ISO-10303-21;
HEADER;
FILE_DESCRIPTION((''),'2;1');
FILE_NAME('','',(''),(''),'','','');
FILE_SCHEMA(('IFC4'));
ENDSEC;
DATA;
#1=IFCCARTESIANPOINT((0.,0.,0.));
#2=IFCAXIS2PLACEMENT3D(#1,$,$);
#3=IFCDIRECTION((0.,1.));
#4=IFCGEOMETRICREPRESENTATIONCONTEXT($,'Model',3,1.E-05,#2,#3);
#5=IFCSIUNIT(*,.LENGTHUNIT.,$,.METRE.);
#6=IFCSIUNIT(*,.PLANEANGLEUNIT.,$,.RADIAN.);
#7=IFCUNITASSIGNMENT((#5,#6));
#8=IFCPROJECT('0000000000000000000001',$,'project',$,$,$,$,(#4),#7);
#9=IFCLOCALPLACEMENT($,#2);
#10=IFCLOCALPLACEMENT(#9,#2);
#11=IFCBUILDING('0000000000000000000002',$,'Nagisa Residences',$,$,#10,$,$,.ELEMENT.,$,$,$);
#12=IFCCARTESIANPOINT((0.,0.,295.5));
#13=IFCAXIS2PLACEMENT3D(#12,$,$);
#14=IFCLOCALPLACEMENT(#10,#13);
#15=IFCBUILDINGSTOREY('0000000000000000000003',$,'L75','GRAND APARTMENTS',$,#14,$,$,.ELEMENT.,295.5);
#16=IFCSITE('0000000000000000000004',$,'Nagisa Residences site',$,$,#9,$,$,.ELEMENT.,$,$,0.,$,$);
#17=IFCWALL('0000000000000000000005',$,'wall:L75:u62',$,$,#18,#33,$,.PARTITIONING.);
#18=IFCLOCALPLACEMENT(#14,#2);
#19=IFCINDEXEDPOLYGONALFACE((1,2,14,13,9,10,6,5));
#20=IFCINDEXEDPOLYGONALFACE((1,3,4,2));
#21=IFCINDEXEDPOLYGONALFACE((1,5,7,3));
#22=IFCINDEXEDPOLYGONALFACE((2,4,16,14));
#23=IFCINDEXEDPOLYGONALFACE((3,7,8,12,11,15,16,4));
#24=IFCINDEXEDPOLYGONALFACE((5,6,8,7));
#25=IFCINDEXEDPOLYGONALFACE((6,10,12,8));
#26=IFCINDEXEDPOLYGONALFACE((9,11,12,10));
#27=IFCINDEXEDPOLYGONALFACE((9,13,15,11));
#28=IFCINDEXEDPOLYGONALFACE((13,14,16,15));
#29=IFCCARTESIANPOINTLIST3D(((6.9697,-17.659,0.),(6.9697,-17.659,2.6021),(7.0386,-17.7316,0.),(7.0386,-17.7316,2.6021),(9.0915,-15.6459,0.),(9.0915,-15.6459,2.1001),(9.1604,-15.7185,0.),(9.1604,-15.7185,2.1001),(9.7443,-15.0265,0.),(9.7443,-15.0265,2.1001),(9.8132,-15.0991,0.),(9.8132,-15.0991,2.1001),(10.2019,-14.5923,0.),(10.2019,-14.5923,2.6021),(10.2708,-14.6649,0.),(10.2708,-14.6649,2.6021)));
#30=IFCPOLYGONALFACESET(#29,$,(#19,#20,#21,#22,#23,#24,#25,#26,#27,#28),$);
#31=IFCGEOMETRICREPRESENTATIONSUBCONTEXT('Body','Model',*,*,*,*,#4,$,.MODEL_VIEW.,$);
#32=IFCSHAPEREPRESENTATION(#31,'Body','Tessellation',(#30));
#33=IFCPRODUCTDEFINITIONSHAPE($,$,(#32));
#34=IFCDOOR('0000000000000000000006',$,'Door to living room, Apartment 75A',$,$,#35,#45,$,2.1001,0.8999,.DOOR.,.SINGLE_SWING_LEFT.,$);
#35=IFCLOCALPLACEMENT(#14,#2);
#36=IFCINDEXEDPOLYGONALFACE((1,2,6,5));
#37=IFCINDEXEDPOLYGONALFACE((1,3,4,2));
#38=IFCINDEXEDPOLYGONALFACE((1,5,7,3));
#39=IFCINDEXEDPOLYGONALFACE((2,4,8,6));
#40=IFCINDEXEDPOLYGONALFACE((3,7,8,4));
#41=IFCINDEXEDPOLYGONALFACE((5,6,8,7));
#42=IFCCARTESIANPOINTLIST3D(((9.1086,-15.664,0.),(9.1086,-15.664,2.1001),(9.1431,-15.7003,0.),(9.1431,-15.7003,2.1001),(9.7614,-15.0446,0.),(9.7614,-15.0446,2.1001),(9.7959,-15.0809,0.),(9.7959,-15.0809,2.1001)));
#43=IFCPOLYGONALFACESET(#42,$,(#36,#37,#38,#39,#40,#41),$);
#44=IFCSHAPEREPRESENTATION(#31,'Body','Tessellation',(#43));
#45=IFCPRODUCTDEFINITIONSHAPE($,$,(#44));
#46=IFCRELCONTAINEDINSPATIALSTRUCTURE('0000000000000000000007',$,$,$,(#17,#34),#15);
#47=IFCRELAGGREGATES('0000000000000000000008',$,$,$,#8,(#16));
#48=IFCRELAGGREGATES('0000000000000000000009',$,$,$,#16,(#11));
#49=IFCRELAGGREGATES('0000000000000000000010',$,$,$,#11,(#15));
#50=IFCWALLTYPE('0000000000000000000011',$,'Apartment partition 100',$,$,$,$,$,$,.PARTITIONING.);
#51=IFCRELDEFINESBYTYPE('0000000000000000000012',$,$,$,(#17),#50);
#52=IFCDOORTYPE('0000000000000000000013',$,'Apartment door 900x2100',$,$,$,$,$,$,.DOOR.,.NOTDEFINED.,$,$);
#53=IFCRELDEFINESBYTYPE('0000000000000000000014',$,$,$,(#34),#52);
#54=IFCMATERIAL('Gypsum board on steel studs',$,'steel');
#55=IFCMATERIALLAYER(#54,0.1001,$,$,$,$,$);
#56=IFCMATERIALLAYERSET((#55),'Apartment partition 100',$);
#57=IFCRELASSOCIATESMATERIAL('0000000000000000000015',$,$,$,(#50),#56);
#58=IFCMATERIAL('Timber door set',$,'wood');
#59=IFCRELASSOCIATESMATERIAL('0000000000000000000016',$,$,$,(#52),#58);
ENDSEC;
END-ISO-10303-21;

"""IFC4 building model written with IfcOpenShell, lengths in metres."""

from ifc_helpers import new_model, si_unit, direction, frame, frame_2d, origin, place, context, subcontext, project, spatial, rectangle, extrude, material, layer, layer_set, type_object, element, fill, save


model = new_model("IFC4")

# Units and contexts
model_context = context("Model", 3, precision=1e-05, world=origin(), true_north=direction((0.0, 1.0)))
body_context = subcontext(model_context, "Body", "Model", "MODEL_VIEW")
ifc_project = project(units=[si_unit("LENGTHUNIT", "METRE"), si_unit("PLANEANGLEUNIT", "RADIAN")], contexts=[model_context])

# Site, building, storey
site_placement = place(None, origin())
site = spatial("IfcSite", under=ifc_project, at=site_placement, Name="Nagisa Residences site", CompositionType="ELEMENT", RefElevation=0.0)
building_placement = place(site_placement, origin())
building = spatial("IfcBuilding", under=site, at=building_placement, Name="Nagisa Residences", CompositionType="ELEMENT")
storey_placement = place(building_placement, frame((0.0, 0.0, 295.5)))
storey = spatial("IfcBuildingStorey", under=building, at=storey_placement, Name="L75", Description="GRAND APARTMENTS", CompositionType="ELEMENT", Elevation=295.5)

# Shared definitions
ifc_material_1 = material(Name="Gypsum board on steel studs", Category="steel")
ifc_layer_1 = layer(ifc_material_1, 0.1001)
ifc_layer_set_1 = layer_set([ifc_layer_1], Name="Apartment partition 100")
wall_type_1 = type_object("IfcWallType", Name="Apartment partition 100", PredefinedType="PARTITIONING", material=ifc_layer_set_1)

# Wall, opening, door
ifc_material_2 = material(Name="Timber door set", Category="wood")
door_type_1 = type_object("IfcDoorType", Name="Apartment door 900x2100", OperationType="NOTDEFINED", PredefinedType="DOOR", material=ifc_material_2)
wall_1_placement = place(storey_placement, frame((7.0042, -17.6953, 0.0), z_axis=(0.0, 0.0, 1.0), x_axis=(0.725438, 0.688287, 0.0)))
wall_1 = element("IfcWall", 1, at=wall_1_placement, inside=storey, type_object=wall_type_1, Name="wall:L75:u62", PredefinedType="PARTITIONING", context=body_context, shape_type="SweptSolid", body=[
    extrude(rectangle(XDim=4.4556, YDim=0.1001, at=frame_2d((2.2278, 0.0))), origin(), (0.0, 0.0, 1.0), 2.6021),
])
opening_1_placement = place(wall_1_placement, frame((2.9248, 0.0, 0.0)))
opening_1 = element("IfcOpeningElement", 2, at=opening_1_placement, cuts=wall_1, PredefinedType="OPENING", context=body_context, shape_type="SweptSolid", body=[
    extrude(rectangle(XDim=0.8999, YDim=2.1001, at=frame_2d((0.45, 1.05))), frame((0.0, 0.0601, 0.0), z_axis=(0.0, -1.0, 0.0), x_axis=(1.0, 0.0, 0.0)), (0.0, 0.0, 1.0), 0.1201),
])
door_1_placement = place(opening_1_placement, frame((0.8999, 0.0, 0.0), x_axis=(-1.0, 0.0, 0.0)))
door_1 = element("IfcDoor", 3, at=door_1_placement, inside=storey, type_object=door_type_1, Name="Door to living room, Apartment 75A", OperationType="SINGLE_SWING_LEFT", OverallHeight=2.1001, OverallWidth=0.8999, PredefinedType="DOOR", context=body_context, shape_type="SweptSolid", body=[
    extrude(rectangle(XDim=0.8999, YDim=2.1001, at=frame_2d((0.45, 1.05))), frame((0.0, 0.0249, 0.0), z_axis=(0.0, -1.0, 0.0), x_axis=(1.0, 0.0, 0.0)), (0.0, 0.0, 1.0), 0.05),
])
fill(opening_1, door_1)

save(model, "model.ifc")
